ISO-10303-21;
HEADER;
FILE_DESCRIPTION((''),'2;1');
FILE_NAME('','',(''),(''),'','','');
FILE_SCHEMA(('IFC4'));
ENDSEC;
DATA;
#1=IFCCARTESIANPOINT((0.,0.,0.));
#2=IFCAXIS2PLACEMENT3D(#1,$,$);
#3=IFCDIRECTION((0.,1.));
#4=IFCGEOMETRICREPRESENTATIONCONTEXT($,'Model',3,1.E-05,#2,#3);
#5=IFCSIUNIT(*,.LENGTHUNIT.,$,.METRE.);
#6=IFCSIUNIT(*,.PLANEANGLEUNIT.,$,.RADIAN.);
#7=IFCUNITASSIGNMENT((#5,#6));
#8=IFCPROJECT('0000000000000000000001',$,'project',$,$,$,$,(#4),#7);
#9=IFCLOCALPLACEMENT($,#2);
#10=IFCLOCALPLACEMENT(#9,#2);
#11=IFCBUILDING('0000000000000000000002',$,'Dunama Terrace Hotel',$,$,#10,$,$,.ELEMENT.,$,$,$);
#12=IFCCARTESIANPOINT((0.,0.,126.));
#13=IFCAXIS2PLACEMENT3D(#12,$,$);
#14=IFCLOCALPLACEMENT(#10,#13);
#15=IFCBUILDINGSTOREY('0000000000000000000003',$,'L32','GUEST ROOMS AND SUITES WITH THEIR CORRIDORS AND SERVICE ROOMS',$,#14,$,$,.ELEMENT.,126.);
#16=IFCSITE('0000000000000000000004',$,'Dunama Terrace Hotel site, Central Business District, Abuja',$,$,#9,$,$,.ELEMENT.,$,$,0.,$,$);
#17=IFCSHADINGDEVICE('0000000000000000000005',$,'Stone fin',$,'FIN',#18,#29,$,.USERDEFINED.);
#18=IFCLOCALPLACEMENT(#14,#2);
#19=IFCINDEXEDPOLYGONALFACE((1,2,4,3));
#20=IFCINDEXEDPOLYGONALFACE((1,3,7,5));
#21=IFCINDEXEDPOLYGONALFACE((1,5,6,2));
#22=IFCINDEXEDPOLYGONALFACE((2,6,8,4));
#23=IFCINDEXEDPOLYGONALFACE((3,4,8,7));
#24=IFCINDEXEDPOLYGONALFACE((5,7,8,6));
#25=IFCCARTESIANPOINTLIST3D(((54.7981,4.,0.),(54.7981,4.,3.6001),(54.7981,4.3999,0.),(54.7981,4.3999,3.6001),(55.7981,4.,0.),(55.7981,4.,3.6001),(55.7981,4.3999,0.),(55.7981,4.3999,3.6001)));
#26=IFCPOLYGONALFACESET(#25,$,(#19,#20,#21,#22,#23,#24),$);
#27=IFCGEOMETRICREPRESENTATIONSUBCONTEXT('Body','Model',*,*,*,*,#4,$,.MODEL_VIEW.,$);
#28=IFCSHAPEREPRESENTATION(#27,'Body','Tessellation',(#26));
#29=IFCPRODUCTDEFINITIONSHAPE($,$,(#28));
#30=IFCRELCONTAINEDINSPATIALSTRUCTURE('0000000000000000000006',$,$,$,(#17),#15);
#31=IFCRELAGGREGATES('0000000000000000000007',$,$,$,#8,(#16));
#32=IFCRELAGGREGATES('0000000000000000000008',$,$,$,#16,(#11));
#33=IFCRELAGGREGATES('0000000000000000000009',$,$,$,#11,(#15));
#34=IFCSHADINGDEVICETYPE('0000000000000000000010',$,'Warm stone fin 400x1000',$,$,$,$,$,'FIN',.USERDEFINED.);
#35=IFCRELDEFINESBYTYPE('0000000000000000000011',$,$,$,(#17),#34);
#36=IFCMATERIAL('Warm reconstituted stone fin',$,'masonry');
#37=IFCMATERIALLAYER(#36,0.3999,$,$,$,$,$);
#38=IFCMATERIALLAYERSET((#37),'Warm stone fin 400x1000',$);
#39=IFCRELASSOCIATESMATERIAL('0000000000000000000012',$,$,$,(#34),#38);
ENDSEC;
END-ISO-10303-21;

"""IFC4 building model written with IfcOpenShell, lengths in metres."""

from ifc_helpers import new_model, si_unit, direction, frame, origin, origin_2d, place, context, subcontext, project, spatial, rectangle, extrude, material, layer, layer_set, type_object, element, save


model = new_model("IFC4")

# Units and contexts
model_context = context("Model", 3, precision=1e-05, world=origin(), true_north=direction((0.0, 1.0)))
body_context = subcontext(model_context, "Body", "Model", "MODEL_VIEW")
ifc_project = project(units=[si_unit("LENGTHUNIT", "METRE"), si_unit("PLANEANGLEUNIT", "RADIAN")], contexts=[model_context])

# Site, building, storey
site_placement = place(None, origin())
site = spatial("IfcSite", under=ifc_project, at=site_placement, Name="Dunama Terrace Hotel site, Central Business District, Abuja", CompositionType="ELEMENT", RefElevation=0.0)
building_placement = place(site_placement, origin())
building = spatial("IfcBuilding", under=site, at=building_placement, Name="Dunama Terrace Hotel", CompositionType="ELEMENT")
storey_placement = place(building_placement, frame((0.0, 0.0, 126.0)))
storey = spatial("IfcBuildingStorey", under=building, at=storey_placement, Name="L32", Description="GUEST ROOMS AND SUITES WITH THEIR CORRIDORS AND SERVICE ROOMS", CompositionType="ELEMENT", Elevation=126.0)

# Shading device
ifc_material_1 = material(Name="Warm reconstituted stone fin", Category="masonry")
ifc_layer_1 = layer(ifc_material_1, 0.3999)
ifc_layer_set_1 = layer_set([ifc_layer_1], Name="Warm stone fin 400x1000")
shading_device_type = type_object("IfcShadingDeviceType", Name="Warm stone fin 400x1000", ElementType="FIN", PredefinedType="USERDEFINED", material=ifc_layer_set_1)
shading_device_placement = place(storey_placement, frame((55.2981, 4.2, 0.0), z_axis=(0.0, 0.0, 1.0), x_axis=(0.0, 1.0, 0.0)))
element("IfcShadingDevice", 1, at=shading_device_placement, inside=storey, type_object=shading_device_type, Name="Stone fin", ObjectType="FIN", PredefinedType="USERDEFINED", context=body_context, shape_type="SweptSolid", body=[
    extrude(rectangle(XDim=0.3999, YDim=1.0, at=origin_2d()), origin(), (0.0, 0.0, 1.0), 3.6001),
])

save(model, "model.ifc")
